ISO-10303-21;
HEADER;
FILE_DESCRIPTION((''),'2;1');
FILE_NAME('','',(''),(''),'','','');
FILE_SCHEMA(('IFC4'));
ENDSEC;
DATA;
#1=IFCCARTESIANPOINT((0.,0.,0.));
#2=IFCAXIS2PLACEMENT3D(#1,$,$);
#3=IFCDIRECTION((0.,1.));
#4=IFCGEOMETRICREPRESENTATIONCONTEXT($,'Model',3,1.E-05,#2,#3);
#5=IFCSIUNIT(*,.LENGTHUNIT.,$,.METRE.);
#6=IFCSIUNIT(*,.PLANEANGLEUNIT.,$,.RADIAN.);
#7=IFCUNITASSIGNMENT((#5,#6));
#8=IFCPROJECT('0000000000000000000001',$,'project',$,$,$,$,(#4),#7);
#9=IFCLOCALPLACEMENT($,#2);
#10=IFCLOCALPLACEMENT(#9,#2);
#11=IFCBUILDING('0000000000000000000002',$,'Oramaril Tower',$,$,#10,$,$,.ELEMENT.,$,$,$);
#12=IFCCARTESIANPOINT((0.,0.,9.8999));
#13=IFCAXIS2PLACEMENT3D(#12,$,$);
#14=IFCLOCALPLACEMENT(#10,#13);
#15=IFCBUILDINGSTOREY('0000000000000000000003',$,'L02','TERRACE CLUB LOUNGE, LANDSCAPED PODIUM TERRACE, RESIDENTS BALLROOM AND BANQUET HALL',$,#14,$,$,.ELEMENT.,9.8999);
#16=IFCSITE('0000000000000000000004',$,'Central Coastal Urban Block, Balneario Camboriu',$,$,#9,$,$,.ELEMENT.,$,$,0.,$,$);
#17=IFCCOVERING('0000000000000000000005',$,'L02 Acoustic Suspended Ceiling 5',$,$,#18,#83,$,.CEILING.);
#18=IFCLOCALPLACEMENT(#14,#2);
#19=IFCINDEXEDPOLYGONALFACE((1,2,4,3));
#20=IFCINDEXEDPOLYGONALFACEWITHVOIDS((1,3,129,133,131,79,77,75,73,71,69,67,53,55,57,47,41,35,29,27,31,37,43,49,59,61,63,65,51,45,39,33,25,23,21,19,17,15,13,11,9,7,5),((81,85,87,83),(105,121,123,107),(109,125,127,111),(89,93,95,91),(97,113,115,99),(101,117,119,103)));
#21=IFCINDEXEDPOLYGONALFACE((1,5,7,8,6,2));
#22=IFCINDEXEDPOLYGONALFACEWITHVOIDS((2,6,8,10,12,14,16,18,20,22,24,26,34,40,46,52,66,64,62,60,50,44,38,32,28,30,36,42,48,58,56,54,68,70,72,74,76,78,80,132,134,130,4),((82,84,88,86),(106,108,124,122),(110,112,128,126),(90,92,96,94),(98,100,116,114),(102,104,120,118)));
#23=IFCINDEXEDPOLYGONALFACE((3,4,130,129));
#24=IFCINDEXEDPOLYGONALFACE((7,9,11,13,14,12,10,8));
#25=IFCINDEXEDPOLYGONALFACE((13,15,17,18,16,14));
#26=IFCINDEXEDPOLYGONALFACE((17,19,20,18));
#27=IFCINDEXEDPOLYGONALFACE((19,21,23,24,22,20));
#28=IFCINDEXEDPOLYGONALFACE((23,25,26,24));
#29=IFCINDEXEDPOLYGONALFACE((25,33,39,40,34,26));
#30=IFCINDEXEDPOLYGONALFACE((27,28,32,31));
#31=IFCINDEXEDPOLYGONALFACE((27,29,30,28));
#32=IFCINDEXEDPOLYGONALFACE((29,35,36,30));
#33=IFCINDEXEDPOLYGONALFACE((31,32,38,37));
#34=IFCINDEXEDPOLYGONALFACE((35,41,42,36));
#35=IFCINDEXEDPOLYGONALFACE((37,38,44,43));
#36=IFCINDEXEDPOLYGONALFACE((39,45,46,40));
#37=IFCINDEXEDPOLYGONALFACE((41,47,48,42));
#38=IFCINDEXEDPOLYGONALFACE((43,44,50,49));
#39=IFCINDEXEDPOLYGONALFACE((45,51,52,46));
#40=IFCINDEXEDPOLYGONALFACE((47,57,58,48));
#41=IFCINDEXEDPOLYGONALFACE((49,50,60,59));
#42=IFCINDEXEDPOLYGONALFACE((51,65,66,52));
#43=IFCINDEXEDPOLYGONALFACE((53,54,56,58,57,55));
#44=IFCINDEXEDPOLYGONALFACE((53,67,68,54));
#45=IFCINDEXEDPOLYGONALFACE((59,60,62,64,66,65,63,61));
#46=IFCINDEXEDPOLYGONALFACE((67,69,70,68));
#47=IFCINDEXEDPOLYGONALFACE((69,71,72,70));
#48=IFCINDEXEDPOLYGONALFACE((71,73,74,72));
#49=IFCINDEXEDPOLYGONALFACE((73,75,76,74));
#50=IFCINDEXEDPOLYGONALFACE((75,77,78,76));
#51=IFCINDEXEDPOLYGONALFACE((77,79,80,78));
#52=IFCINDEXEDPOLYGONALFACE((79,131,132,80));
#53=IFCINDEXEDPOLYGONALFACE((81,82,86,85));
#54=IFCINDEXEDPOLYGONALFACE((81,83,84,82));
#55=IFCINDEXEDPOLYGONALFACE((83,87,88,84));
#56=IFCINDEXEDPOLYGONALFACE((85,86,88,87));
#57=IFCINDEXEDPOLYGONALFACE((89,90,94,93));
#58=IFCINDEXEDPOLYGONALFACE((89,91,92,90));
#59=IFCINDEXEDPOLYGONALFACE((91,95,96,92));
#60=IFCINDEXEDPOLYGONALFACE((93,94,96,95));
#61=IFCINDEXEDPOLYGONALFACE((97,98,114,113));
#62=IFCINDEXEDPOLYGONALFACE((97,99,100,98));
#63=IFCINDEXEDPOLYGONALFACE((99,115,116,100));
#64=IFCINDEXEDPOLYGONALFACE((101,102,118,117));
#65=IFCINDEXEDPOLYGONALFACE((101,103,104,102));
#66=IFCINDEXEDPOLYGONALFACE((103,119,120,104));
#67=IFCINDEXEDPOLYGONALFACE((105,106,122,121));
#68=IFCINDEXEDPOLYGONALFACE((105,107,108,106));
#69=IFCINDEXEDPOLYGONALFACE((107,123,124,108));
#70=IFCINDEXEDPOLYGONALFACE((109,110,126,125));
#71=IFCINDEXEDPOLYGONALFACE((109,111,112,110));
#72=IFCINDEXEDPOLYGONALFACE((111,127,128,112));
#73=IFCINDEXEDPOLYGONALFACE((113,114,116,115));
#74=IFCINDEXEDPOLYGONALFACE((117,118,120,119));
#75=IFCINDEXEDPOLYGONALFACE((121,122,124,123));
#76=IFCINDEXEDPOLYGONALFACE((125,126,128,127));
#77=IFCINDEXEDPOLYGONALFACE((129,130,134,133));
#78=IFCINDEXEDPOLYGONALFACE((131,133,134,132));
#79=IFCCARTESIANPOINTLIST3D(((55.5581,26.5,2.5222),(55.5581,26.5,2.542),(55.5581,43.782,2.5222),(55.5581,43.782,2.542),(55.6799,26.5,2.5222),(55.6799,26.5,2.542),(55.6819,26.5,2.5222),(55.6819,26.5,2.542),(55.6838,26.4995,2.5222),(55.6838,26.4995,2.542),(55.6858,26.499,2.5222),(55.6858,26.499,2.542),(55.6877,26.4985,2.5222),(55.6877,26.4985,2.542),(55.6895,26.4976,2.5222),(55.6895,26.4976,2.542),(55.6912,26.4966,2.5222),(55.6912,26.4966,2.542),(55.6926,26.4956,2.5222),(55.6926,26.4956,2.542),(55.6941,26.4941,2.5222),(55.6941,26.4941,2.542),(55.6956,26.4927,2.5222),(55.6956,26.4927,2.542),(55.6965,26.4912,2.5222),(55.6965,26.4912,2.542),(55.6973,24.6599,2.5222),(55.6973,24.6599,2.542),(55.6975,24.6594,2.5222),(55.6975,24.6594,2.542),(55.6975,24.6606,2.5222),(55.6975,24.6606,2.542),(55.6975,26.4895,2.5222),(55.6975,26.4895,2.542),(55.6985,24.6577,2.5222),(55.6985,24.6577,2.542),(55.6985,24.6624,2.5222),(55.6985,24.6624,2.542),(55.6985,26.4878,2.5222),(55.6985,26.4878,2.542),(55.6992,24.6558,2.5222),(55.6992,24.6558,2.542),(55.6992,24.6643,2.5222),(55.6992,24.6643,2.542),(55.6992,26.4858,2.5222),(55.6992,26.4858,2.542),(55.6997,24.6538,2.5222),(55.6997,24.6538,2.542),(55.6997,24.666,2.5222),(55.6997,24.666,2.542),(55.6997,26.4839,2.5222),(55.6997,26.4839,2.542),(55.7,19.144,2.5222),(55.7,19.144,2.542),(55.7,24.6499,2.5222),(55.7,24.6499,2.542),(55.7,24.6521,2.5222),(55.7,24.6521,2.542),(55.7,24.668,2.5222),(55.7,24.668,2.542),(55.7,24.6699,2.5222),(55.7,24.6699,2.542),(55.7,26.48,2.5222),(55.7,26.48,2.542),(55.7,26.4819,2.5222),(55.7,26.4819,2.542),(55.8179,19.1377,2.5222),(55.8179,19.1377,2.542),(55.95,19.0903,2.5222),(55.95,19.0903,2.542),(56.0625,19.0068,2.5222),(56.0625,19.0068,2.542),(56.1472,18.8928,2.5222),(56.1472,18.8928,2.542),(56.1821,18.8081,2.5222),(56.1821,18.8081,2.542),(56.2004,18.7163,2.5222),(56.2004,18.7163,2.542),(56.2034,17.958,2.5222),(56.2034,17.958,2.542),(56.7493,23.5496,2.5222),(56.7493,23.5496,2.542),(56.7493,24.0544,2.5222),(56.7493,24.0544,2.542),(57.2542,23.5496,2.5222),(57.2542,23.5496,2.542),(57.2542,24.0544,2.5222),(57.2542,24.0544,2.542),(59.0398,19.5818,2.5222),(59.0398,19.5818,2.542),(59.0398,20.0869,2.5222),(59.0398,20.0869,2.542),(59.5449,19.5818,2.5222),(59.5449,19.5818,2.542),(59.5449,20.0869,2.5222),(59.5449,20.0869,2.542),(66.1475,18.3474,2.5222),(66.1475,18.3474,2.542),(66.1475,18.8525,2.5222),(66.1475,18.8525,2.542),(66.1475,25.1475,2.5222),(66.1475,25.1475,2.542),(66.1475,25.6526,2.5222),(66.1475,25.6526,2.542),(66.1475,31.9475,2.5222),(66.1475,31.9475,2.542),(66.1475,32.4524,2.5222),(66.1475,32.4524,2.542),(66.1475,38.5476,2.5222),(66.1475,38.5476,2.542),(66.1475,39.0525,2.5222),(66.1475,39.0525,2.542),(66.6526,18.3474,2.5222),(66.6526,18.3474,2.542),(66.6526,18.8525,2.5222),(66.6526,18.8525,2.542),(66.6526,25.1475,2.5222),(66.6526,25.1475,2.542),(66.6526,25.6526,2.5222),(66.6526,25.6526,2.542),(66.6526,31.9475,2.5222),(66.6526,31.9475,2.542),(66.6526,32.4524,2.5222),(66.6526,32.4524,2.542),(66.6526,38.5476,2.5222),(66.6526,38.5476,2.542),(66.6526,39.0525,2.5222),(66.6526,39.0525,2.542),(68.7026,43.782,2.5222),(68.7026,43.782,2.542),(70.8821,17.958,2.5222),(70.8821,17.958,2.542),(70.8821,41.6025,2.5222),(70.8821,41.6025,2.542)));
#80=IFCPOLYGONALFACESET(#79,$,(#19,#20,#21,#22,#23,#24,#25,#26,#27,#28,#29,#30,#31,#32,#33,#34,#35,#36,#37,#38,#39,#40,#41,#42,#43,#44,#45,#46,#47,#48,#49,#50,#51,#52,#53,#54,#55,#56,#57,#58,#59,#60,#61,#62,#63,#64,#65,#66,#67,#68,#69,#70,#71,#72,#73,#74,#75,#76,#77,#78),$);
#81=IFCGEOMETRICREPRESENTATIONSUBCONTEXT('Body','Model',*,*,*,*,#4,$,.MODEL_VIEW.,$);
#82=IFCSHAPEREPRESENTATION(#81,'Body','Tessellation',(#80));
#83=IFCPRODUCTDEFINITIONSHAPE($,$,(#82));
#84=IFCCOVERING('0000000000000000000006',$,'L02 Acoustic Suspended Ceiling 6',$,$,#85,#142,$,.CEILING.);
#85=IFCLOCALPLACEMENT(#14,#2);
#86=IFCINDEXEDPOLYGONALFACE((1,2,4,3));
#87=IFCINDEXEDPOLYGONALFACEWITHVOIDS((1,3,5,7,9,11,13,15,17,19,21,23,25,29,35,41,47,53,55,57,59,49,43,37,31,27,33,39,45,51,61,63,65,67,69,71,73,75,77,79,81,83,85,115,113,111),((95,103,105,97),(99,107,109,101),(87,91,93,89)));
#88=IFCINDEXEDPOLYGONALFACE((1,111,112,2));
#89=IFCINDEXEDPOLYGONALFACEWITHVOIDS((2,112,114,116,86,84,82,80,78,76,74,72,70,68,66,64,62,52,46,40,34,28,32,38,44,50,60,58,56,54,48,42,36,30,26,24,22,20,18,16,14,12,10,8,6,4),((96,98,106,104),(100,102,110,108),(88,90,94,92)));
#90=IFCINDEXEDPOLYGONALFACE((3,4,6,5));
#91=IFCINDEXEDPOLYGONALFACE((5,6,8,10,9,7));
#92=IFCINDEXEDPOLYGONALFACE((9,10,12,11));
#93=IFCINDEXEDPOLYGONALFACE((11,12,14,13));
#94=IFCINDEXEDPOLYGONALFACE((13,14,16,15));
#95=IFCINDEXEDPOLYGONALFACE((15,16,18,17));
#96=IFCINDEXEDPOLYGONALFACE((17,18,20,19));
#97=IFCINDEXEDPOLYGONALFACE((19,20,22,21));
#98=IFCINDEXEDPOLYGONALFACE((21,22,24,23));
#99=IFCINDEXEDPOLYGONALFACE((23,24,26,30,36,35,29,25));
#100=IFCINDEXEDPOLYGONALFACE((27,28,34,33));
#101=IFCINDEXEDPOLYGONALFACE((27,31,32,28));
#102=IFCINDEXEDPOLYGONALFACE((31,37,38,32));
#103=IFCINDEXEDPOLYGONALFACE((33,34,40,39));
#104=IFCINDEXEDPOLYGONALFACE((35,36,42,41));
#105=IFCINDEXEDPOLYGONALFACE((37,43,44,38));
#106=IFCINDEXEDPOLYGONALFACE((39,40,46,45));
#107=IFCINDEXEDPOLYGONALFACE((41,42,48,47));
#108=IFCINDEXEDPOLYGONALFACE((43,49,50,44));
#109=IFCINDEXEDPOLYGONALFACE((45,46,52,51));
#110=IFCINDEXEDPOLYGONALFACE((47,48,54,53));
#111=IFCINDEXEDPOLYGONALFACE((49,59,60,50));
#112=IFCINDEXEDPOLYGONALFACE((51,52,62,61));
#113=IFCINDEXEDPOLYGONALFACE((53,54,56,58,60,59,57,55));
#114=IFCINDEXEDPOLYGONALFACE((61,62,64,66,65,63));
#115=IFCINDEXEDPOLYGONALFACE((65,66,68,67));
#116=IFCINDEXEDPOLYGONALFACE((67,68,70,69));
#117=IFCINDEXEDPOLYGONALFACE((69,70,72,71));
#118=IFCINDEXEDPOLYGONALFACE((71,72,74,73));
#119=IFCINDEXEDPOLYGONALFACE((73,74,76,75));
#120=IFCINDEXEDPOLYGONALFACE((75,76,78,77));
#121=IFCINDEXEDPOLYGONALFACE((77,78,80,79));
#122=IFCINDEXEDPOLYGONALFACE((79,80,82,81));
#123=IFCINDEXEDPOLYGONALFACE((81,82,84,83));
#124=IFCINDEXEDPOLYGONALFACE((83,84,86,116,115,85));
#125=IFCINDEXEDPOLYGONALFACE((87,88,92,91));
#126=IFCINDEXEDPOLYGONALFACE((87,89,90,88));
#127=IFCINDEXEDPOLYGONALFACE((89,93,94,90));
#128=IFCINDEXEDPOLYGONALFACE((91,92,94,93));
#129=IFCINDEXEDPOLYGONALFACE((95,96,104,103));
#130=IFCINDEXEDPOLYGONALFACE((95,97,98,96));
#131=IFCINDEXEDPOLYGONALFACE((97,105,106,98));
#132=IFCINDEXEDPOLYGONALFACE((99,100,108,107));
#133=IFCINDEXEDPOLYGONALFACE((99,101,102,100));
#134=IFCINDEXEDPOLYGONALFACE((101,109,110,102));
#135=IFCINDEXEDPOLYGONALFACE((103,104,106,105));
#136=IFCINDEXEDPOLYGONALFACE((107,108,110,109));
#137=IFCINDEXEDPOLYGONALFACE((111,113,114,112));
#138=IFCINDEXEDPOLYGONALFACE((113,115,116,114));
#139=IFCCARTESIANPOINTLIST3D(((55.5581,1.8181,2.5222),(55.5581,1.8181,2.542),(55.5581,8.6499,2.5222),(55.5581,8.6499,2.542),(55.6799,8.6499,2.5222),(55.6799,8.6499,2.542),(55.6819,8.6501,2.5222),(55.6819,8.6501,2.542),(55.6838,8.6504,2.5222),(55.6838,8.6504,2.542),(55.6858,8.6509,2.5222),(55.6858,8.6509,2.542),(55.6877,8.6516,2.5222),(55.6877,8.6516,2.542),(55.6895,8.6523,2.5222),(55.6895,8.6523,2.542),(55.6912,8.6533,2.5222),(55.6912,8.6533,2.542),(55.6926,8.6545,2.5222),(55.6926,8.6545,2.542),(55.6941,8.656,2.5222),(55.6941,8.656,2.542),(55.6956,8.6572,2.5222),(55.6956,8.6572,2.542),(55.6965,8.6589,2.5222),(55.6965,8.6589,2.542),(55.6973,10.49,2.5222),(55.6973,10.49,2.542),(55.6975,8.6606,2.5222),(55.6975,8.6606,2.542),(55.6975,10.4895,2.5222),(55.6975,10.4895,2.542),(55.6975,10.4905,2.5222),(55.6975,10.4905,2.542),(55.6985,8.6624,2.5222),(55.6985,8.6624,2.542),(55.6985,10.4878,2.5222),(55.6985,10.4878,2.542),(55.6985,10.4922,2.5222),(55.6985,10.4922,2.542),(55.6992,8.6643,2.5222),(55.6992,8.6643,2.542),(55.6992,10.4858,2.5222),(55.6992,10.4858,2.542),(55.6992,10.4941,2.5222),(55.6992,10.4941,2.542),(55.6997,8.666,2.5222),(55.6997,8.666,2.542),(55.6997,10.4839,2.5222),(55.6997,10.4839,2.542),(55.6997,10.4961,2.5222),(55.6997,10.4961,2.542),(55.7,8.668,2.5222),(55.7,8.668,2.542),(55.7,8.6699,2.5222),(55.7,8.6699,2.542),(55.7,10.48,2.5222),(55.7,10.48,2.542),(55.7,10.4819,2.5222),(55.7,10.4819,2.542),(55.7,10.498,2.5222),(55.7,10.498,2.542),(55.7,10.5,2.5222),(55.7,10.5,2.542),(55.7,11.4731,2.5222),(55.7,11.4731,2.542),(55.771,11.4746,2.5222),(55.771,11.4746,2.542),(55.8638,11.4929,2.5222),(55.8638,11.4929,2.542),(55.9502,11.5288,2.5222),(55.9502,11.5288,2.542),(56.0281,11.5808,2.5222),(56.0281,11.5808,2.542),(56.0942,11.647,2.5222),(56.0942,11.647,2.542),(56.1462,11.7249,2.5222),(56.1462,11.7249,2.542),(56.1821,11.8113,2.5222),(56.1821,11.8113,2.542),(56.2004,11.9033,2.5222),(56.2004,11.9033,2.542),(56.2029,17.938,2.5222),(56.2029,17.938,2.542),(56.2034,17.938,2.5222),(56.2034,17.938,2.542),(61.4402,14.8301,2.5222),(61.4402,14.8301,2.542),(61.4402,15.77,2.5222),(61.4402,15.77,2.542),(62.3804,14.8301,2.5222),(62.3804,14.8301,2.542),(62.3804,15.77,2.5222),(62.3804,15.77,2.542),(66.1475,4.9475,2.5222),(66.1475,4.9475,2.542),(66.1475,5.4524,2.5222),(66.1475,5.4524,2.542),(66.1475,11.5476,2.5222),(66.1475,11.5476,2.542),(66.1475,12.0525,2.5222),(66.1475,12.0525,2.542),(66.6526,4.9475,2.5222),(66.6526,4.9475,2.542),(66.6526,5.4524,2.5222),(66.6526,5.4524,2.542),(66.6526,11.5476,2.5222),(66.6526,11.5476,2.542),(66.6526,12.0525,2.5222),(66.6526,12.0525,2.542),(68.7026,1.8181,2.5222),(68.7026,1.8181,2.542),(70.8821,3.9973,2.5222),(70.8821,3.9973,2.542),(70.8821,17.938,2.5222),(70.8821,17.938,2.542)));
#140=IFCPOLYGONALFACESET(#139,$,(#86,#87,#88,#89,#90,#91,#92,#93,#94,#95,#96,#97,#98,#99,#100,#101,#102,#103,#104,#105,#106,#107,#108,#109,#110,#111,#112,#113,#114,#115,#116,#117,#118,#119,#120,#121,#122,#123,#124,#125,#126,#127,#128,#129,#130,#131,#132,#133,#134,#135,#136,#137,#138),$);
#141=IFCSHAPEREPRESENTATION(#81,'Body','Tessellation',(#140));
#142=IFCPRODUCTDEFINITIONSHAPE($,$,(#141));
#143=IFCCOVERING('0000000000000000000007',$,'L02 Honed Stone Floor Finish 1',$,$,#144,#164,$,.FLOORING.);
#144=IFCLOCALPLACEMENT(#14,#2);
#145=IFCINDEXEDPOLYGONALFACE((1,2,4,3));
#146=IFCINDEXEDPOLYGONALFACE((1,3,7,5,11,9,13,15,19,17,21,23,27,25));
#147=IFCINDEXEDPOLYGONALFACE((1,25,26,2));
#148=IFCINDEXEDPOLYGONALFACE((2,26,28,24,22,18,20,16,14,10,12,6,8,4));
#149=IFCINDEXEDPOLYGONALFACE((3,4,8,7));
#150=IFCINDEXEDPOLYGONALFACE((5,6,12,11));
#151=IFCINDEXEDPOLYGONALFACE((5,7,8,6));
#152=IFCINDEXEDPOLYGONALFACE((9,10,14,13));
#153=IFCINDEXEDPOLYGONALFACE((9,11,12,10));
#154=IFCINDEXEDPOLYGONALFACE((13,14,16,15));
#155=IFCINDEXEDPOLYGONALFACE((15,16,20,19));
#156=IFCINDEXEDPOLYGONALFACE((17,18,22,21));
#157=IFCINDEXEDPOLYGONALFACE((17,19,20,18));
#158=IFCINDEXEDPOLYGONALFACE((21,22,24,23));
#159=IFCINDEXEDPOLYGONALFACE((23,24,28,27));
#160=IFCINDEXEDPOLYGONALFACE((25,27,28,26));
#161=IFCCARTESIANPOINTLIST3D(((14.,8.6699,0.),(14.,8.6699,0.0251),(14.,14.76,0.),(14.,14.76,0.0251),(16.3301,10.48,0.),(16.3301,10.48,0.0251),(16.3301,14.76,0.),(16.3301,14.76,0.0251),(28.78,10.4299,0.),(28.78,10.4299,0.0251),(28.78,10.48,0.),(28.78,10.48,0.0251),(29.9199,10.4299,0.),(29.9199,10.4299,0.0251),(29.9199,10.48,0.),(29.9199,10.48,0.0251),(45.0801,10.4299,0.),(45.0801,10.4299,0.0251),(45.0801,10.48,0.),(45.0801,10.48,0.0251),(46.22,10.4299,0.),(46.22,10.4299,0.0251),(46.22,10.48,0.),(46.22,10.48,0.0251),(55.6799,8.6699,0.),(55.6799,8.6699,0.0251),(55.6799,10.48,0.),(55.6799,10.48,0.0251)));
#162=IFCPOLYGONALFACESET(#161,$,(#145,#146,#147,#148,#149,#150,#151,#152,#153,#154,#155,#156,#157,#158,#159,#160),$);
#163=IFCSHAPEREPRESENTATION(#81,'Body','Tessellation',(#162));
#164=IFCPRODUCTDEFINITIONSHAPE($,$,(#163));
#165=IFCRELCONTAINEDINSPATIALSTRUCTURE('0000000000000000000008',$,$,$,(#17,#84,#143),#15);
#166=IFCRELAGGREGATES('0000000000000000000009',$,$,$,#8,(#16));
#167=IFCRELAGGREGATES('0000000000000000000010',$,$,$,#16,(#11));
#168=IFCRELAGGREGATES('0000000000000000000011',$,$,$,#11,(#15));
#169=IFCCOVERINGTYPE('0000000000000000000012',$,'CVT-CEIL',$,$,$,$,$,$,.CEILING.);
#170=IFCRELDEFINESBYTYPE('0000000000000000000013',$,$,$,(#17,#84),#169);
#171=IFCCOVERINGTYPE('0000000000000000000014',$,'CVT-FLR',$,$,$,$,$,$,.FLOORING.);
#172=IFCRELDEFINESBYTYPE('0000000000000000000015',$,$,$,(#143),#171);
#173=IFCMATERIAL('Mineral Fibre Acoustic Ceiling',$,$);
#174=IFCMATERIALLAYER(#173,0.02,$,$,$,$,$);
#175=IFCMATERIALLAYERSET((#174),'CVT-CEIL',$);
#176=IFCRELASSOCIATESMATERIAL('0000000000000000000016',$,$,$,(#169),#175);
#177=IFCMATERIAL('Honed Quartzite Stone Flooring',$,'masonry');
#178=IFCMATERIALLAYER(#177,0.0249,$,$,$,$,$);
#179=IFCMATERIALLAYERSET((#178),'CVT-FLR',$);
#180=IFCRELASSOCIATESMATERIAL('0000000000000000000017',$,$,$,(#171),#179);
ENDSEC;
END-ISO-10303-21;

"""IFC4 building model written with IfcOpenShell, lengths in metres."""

from ifc_helpers import new_model, si_unit, direction, frame, origin, place, context, subcontext, project, spatial, polyline, outline, extrude, material, layer, layer_set, type_object, element, save


model = new_model("IFC4")

# Units and contexts
model_context = context("Model", 3, precision=1e-05, world=origin(), true_north=direction((0.0, 1.0)))
body_context = subcontext(model_context, "Body", "Model", "MODEL_VIEW")
ifc_project = project(units=[si_unit("LENGTHUNIT", "METRE"), si_unit("PLANEANGLEUNIT", "RADIAN")], contexts=[model_context])

# Site, building, storey
site_placement = place(None, origin())
site = spatial("IfcSite", under=ifc_project, at=site_placement, Name="Central Coastal Urban Block, Balneario Camboriu", CompositionType="ELEMENT", RefElevation=0.0)
building_placement = place(site_placement, origin())
building = spatial("IfcBuilding", under=site, at=building_placement, Name="Oramaril Tower", CompositionType="ELEMENT")
storey_placement = place(building_placement, frame((0.0, 0.0, 9.8999)))
storey = spatial("IfcBuildingStorey", under=building, at=storey_placement, Name="L02", Description="TERRACE CLUB LOUNGE, LANDSCAPED PODIUM TERRACE, RESIDENTS BALLROOM AND BANQUET HALL", CompositionType="ELEMENT", Elevation=9.8999)

# Coverings
ifc_material_1 = material(Name="Mineral Fibre Acoustic Ceiling")
ifc_layer_1 = layer(ifc_material_1, 0.02)
ifc_layer_set_1 = layer_set([ifc_layer_1], Name="CVT-CEIL")
covering_type_1 = type_object("IfcCoveringType", Name="CVT-CEIL", PredefinedType="CEILING", material=ifc_layer_set_1)
covering_1_placement = place(storey_placement, frame((0.0, 0.0, 2.5222)))
element("IfcCovering", 1, at=covering_1_placement, inside=storey, type_object=covering_type_1, Name="L02 Acoustic Suspended Ceiling 5", PredefinedType="CEILING", context=body_context, shape_type="SweptSolid", body=[
    extrude(outline(polyline([(56.2004, 18.7163), (56.1821, 18.8081), (56.1472, 18.8928), (56.0625, 19.0068), (55.95, 19.0903), (55.8179, 19.1377), (55.7, 19.144), (55.7, 24.6499), (55.7, 24.6521), (55.6997, 24.6538), (55.6992, 24.6558), (55.6985, 24.6577), (55.6975, 24.6594), (55.6973, 24.6599), (55.6975, 24.6606), (55.6985, 24.6624), (55.6992, 24.6643), (55.6997, 24.666), (55.7, 24.668), (55.7, 24.6699), (55.7, 26.48), (55.7, 26.4819), (55.6997, 26.4839), (55.6992, 26.4858), (55.6985, 26.4878), (55.6975, 26.4895), (55.6965, 26.4912), (55.6956, 26.4927), (55.6941, 26.4941), (55.6926, 26.4956), (55.6912, 26.4966), (55.6895, 26.4976), (55.6877, 26.4985), (55.6858, 26.499), (55.6838, 26.4995), (55.6819, 26.5), (55.6799, 26.5), (55.5581, 26.5), (55.5581, 43.782), (68.7026, 43.782), (70.8821, 41.6025), (70.8821, 17.958), (56.2034, 17.958), (56.2004, 18.7163)]), holes=[polyline([(66.6526, 18.3474), (66.6526, 18.8525), (66.1475, 18.8525), (66.1475, 18.3474), (66.6526, 18.3474)]), polyline([(59.5449, 20.0869), (59.0398, 20.0869), (59.0398, 19.5818), (59.5449, 19.5818), (59.5449, 20.0869)]), polyline([(57.2542, 23.5496), (57.2542, 24.0544), (56.7493, 24.0544), (56.7493, 23.5496), (57.2542, 23.5496)]), polyline([(66.6526, 25.1475), (66.6526, 25.6526), (66.1475, 25.6526), (66.1475, 25.1475), (66.6526, 25.1475)]), polyline([(66.6526, 32.4524), (66.1475, 32.4524), (66.1475, 31.9475), (66.6526, 31.9475), (66.6526, 32.4524)]), polyline([(66.6526, 38.5476), (66.6526, 39.0525), (66.1475, 39.0525), (66.1475, 38.5476), (66.6526, 38.5476)])]), origin(), (0.0, 0.0, 1.0), 0.0198),
])
covering_2_placement = place(storey_placement, frame((0.0, 0.0, 2.5222)))
element("IfcCovering", 2, at=covering_2_placement, inside=storey, type_object=covering_type_1, Name="L02 Acoustic Suspended Ceiling 6", PredefinedType="CEILING", context=body_context, shape_type="SweptSolid", body=[
    extrude(outline(polyline([(55.5581, 8.6499), (55.6799, 8.6499), (55.6819, 8.6501), (55.6838, 8.6504), (55.6858, 8.6509), (55.6877, 8.6516), (55.6895, 8.6523), (55.6912, 8.6533), (55.6926, 8.6545), (55.6941, 8.656), (55.6956, 8.6572), (55.6965, 8.6589), (55.6975, 8.6606), (55.6985, 8.6624), (55.6992, 8.6643), (55.6997, 8.666), (55.7, 8.668), (55.7, 8.6699), (55.7, 10.48), (55.7, 10.4819), (55.6997, 10.4839), (55.6992, 10.4858), (55.6985, 10.4878), (55.6975, 10.4895), (55.6973, 10.49), (55.6975, 10.4905), (55.6985, 10.4922), (55.6992, 10.4941), (55.6997, 10.4961), (55.7, 10.498), (55.7, 10.5), (55.7, 11.4731), (55.771, 11.4746), (55.8638, 11.4929), (55.9502, 11.5288), (56.0281, 11.5808), (56.0942, 11.647), (56.1462, 11.7249), (56.1821, 11.8113), (56.2004, 11.9033), (56.2029, 17.938), (56.2034, 17.938), (70.8821, 17.938), (70.8821, 3.9973), (68.7026, 1.8181), (55.5581, 1.8181), (55.5581, 8.6499)]), holes=[polyline([(66.6526, 4.9475), (66.6526, 5.4524), (66.1475, 5.4524), (66.1475, 4.9475), (66.6526, 4.9475)]), polyline([(66.6526, 12.0525), (66.1475, 12.0525), (66.1475, 11.5476), (66.6526, 11.5476), (66.6526, 12.0525)]), polyline([(62.3804, 15.77), (61.4402, 15.77), (61.4402, 14.8301), (62.3804, 14.8301), (62.3804, 15.77)])]), origin(), (0.0, 0.0, 1.0), 0.0198),
])
ifc_material_2 = material(Name="Honed Quartzite Stone Flooring", Category="masonry")
ifc_layer_2 = layer(ifc_material_2, 0.0249)
ifc_layer_set_2 = layer_set([ifc_layer_2], Name="CVT-FLR")
covering_type_2 = type_object("IfcCoveringType", Name="CVT-FLR", PredefinedType="FLOORING", material=ifc_layer_set_2)
covering_3_placement = place(storey_placement, origin())
element("IfcCovering", 3, at=covering_3_placement, inside=storey, type_object=covering_type_2, Name="L02 Honed Stone Floor Finish 1", PredefinedType="FLOORING", context=body_context, shape_type="SweptSolid", body=[
    extrude(outline(polyline([(28.78, 10.48), (28.78, 10.4299), (29.9199, 10.4299), (29.9199, 10.48), (45.0801, 10.48), (45.0801, 10.4299), (46.22, 10.4299), (46.22, 10.48), (55.6799, 10.48), (55.6799, 8.6699), (14.0, 8.6699), (14.0, 14.76), (16.3301, 14.76), (16.3301, 10.48), (28.78, 10.48)])), origin(), (0.0, 0.0, 1.0), 0.0251),
])

save(model, "model.ifc")
